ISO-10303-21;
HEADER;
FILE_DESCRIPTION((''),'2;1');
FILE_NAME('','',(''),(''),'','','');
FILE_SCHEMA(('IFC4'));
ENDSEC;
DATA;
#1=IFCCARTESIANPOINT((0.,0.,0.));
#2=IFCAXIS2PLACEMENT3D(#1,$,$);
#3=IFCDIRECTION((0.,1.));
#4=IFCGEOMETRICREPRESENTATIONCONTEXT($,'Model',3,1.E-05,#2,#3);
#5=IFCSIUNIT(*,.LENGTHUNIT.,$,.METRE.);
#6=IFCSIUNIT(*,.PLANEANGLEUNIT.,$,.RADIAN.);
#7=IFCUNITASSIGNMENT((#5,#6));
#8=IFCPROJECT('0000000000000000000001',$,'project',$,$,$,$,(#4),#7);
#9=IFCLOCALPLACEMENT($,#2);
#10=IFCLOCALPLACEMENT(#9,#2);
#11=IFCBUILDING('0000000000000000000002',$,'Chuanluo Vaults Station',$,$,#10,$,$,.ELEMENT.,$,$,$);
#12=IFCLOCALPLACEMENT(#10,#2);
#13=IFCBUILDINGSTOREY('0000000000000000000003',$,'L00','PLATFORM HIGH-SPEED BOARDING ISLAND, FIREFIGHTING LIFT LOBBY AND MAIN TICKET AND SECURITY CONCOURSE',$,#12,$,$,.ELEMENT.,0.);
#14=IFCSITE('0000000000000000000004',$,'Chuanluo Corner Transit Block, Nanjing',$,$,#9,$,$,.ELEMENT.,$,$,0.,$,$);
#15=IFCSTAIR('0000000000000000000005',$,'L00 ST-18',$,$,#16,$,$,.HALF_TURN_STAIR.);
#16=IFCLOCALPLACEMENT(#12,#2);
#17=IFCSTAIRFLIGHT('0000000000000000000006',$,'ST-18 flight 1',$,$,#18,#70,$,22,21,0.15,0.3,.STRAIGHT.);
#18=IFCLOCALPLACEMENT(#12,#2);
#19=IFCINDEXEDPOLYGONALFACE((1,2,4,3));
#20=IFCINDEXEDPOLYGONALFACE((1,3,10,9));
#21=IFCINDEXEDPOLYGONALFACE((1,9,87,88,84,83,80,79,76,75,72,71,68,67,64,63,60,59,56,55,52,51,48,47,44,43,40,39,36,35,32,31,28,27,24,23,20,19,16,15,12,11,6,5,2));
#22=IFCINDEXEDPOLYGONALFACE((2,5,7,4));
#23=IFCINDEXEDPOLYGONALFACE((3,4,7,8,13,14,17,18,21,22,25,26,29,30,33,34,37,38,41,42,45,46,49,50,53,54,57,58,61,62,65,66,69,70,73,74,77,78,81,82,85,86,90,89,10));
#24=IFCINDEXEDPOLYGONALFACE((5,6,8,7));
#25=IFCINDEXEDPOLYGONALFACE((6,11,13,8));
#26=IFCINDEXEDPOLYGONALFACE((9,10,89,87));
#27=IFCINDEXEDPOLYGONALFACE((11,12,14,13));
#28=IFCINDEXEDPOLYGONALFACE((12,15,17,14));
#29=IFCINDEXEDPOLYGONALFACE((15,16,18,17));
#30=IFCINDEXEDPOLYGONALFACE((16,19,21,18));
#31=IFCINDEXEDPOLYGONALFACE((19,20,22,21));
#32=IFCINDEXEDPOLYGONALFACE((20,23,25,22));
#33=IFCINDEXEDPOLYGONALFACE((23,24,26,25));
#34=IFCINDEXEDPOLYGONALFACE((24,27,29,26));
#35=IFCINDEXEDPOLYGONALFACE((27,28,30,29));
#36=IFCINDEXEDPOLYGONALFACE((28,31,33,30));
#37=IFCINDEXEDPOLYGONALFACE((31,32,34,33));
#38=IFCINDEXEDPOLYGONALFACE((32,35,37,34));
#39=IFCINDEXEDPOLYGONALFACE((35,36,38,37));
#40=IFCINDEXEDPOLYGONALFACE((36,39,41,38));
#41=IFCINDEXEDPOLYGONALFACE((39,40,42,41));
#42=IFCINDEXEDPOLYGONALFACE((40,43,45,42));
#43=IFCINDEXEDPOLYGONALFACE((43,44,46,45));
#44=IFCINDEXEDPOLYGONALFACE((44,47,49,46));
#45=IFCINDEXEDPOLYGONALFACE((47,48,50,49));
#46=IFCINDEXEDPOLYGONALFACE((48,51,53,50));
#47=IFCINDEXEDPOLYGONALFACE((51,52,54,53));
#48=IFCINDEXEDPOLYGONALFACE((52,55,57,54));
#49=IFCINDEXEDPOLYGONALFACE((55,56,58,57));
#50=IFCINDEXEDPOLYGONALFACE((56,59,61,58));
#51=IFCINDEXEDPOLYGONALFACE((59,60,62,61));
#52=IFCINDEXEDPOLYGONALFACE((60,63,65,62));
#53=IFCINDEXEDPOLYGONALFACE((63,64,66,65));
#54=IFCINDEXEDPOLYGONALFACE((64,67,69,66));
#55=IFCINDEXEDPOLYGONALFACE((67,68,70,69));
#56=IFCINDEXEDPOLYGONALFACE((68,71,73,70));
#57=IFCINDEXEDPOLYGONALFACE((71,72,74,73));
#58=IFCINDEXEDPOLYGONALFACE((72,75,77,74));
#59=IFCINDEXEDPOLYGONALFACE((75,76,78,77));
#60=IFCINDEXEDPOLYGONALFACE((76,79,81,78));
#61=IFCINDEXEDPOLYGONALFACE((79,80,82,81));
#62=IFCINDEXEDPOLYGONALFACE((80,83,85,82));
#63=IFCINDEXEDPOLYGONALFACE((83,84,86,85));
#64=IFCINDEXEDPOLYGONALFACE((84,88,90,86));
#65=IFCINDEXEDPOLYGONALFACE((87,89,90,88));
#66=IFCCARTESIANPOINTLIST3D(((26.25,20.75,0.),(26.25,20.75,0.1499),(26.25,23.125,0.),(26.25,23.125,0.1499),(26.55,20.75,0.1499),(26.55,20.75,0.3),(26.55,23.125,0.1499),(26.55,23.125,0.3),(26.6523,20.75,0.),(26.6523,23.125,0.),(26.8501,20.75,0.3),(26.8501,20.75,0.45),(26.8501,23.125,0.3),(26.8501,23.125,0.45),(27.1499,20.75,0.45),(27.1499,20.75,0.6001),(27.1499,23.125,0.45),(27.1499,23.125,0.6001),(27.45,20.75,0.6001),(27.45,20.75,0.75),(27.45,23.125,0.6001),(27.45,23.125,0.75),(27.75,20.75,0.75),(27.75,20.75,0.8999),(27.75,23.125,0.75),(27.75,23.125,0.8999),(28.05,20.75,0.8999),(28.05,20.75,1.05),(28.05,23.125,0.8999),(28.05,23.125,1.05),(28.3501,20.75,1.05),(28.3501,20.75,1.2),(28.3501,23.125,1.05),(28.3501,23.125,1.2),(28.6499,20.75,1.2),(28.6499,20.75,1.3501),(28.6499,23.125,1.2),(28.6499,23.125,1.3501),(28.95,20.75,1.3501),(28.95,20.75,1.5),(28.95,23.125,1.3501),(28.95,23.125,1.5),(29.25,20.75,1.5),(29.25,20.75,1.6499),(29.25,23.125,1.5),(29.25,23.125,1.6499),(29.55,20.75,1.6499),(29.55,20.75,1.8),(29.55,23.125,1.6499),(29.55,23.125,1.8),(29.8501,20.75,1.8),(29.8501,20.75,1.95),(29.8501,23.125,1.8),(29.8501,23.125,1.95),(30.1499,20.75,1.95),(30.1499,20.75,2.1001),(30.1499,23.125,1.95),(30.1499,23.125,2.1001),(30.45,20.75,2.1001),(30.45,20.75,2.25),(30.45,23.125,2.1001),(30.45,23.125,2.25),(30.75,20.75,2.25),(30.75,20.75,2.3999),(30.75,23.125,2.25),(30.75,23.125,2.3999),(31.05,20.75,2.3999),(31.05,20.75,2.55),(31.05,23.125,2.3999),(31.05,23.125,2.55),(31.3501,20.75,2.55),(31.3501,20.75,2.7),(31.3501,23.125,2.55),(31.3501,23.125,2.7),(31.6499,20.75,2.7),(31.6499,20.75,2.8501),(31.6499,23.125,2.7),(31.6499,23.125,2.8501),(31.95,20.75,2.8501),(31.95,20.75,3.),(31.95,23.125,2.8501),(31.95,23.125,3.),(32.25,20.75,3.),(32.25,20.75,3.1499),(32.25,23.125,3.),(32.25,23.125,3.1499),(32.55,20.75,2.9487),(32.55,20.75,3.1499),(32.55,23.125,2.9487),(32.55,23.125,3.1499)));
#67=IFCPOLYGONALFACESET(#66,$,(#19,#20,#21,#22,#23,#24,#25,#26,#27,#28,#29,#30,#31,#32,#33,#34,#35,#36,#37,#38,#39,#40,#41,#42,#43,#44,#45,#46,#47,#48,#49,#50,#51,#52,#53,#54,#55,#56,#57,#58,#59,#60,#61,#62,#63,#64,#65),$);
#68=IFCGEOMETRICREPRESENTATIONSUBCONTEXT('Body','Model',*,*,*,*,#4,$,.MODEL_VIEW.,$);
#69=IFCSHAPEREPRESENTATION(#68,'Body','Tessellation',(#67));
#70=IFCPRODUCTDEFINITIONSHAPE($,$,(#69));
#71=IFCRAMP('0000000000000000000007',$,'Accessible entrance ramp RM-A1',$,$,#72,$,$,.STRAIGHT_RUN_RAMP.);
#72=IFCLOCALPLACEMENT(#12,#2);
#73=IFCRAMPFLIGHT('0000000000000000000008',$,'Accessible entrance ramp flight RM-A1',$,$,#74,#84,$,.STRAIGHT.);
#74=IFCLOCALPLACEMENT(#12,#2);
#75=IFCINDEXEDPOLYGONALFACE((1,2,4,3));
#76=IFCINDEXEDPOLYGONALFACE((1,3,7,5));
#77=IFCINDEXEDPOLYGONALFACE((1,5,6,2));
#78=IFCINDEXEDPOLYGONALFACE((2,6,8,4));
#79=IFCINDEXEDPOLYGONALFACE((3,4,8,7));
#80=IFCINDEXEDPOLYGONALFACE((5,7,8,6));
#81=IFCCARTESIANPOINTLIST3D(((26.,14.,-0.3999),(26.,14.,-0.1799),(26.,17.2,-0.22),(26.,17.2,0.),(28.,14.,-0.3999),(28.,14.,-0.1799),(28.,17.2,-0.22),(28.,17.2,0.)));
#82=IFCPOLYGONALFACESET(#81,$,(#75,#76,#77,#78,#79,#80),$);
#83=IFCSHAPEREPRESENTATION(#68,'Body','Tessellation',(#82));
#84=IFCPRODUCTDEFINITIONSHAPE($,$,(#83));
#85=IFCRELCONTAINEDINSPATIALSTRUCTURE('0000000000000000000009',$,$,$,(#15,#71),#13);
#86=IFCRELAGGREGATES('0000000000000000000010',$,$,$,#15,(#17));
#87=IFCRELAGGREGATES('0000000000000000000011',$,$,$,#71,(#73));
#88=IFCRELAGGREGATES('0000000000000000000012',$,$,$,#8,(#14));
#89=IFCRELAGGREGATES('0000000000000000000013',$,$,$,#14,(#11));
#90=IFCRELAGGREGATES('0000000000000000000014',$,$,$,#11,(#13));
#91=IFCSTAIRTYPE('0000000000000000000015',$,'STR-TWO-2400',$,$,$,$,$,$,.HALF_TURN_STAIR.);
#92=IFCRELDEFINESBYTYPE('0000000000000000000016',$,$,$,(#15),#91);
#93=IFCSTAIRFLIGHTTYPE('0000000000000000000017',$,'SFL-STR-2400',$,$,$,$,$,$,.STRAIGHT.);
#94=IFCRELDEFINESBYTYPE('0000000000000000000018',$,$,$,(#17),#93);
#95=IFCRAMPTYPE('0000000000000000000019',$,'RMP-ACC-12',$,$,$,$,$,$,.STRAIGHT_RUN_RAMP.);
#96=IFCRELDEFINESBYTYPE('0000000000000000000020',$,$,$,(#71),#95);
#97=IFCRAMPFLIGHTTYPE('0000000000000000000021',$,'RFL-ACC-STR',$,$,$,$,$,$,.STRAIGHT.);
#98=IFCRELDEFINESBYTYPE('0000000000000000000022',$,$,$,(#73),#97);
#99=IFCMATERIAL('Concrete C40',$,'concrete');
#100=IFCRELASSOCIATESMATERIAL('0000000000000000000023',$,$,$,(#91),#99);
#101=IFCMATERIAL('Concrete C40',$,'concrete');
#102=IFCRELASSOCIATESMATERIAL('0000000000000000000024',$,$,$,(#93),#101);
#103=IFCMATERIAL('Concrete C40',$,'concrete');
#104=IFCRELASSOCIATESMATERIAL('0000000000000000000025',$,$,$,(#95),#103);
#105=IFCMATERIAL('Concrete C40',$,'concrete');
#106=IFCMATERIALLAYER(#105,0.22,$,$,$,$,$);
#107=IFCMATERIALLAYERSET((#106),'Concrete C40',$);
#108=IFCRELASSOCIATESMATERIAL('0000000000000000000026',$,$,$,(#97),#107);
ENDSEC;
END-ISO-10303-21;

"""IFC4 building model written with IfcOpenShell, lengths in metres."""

from ifc_helpers import new_model, si_unit, direction, frame, origin, place, context, subcontext, project, spatial, polyline, outline, extrude, material, layer, layer_set, type_object, element, aggregate, save


model = new_model("IFC4")

# Units and contexts
model_context = context("Model", 3, precision=1e-05, world=origin(), true_north=direction((0.0, 1.0)))
body_context = subcontext(model_context, "Body", "Model", "MODEL_VIEW")
ifc_project = project(units=[si_unit("LENGTHUNIT", "METRE"), si_unit("PLANEANGLEUNIT", "RADIAN")], contexts=[model_context])

# Site, building, storey
site_placement = place(None, origin())
site = spatial("IfcSite", under=ifc_project, at=site_placement, Name="Chuanluo Corner Transit Block, Nanjing", CompositionType="ELEMENT", RefElevation=0.0)
building_placement = place(site_placement, origin())
building = spatial("IfcBuilding", under=site, at=building_placement, Name="Chuanluo Vaults Station", CompositionType="ELEMENT")
storey_placement = place(building_placement, origin())
storey = spatial("IfcBuildingStorey", under=building, at=storey_placement, Name="L00", Description="PLATFORM HIGH-SPEED BOARDING ISLAND, FIREFIGHTING LIFT LOBBY AND MAIN TICKET AND SECURITY CONCOURSE", CompositionType="ELEMENT", Elevation=0.0)

# Stair, stair flight
ifc_material_1 = material(Name="Concrete C40", Category="concrete")
stair_type = type_object("IfcStairType", Name="STR-TWO-2400", PredefinedType="HALF_TURN_STAIR", material=ifc_material_1)
stair_placement = place(storey_placement, origin())
stair = element("IfcStair", 1, at=stair_placement, inside=storey, type_object=stair_type, Name="L00 ST-18", PredefinedType="HALF_TURN_STAIR")
ifc_material_2 = material(Name="Concrete C40", Category="concrete")
stair_flight_type = type_object("IfcStairFlightType", Name="SFL-STR-2400", PredefinedType="STRAIGHT", material=ifc_material_2)
stair_flight_placement = place(storey_placement, frame((26.25, 21.9375, 0.0), z_axis=(0.0, 0.0, 1.0), x_axis=(1.0, 0.0, 0.0)))
stair_flight = element("IfcStairFlight", 2, at=stair_flight_placement, type_object=stair_flight_type, Name="ST-18 flight 1", NumberOfRisers=22, NumberOfTreads=21, PredefinedType="STRAIGHT", RiserHeight=0.15, TreadLength=0.3, context=body_context, shape_type="SweptSolid", body=[
    extrude(outline(polyline([(0.0, 0.0), (0.0, 0.1499), (0.3, 0.1499), (0.3, 0.3), (0.6001, 0.3), (0.6001, 0.45), (0.8999, 0.45), (0.8999, 0.6001), (1.2, 0.6001), (1.2, 0.75), (1.5, 0.75), (1.5, 0.8999), (1.8, 0.8999), (1.8, 1.05), (2.1001, 1.05), (2.1001, 1.2), (2.3999, 1.2), (2.3999, 1.3501), (2.7, 1.3501), (2.7, 1.5), (3.0, 1.5), (3.0, 1.6499), (3.3, 1.6499), (3.3, 1.8), (3.6001, 1.8), (3.6001, 1.95), (3.8999, 1.95), (3.8999, 2.1001), (4.2, 2.1001), (4.2, 2.25), (4.5, 2.25), (4.5, 2.3999), (4.8, 2.3999), (4.8, 2.55), (5.1001, 2.55), (5.1001, 2.7), (5.3999, 2.7), (5.3999, 2.8501), (5.7, 2.8501), (5.7, 3.0), (6.0, 3.0), (6.0, 3.1499), (6.3, 3.1499), (6.3, 3.3), (6.3, 2.9487), (0.4023, 0.0), (0.0, 0.0)])), frame((0.0, 1.1875, 0.0), z_axis=(0.0, -1.0, 0.0), x_axis=(1.0, 0.0, 0.0)), (0.0, 0.0, 1.0), 2.375),
])
aggregate(stair, [stair_flight])

# Ramp, ramp flight
ifc_material_3 = material(Name="Concrete C40", Category="concrete")
ramp_type = type_object("IfcRampType", Name="RMP-ACC-12", PredefinedType="STRAIGHT_RUN_RAMP", material=ifc_material_3)
ramp_placement = place(storey_placement, origin())
ramp = element("IfcRamp", 3, at=ramp_placement, inside=storey, type_object=ramp_type, Name="Accessible entrance ramp RM-A1", PredefinedType="STRAIGHT_RUN_RAMP")
ifc_material_4 = material(Name="Concrete C40", Category="concrete")
ifc_layer_1 = layer(ifc_material_4, 0.22)
ifc_layer_set_1 = layer_set([ifc_layer_1], Name="Concrete C40")
ramp_flight_type = type_object("IfcRampFlightType", Name="RFL-ACC-STR", PredefinedType="STRAIGHT", material=ifc_layer_set_1)
ramp_flight_placement = place(storey_placement, frame((27.0, 14.0, -0.1799), z_axis=(0.0, 0.0, 1.0), x_axis=(0.0, 1.0, 0.0)))
ramp_flight = element("IfcRampFlight", 4, at=ramp_flight_placement, type_object=ramp_flight_type, Name="Accessible entrance ramp flight RM-A1", PredefinedType="STRAIGHT", context=body_context, shape_type="SweptSolid", body=[
    extrude(outline(polyline([(0.0, 0.0), (3.2, 0.1799), (3.2, -0.04), (0.0, -0.22), (0.0, 0.0)])), frame((0.0, 1.0, 0.0), z_axis=(0.0, -1.0, 0.0), x_axis=(1.0, 0.0, 0.0)), (0.0, 0.0, 1.0), 2.0),
])
aggregate(ramp, [ramp_flight])

save(model, "model.ifc")
